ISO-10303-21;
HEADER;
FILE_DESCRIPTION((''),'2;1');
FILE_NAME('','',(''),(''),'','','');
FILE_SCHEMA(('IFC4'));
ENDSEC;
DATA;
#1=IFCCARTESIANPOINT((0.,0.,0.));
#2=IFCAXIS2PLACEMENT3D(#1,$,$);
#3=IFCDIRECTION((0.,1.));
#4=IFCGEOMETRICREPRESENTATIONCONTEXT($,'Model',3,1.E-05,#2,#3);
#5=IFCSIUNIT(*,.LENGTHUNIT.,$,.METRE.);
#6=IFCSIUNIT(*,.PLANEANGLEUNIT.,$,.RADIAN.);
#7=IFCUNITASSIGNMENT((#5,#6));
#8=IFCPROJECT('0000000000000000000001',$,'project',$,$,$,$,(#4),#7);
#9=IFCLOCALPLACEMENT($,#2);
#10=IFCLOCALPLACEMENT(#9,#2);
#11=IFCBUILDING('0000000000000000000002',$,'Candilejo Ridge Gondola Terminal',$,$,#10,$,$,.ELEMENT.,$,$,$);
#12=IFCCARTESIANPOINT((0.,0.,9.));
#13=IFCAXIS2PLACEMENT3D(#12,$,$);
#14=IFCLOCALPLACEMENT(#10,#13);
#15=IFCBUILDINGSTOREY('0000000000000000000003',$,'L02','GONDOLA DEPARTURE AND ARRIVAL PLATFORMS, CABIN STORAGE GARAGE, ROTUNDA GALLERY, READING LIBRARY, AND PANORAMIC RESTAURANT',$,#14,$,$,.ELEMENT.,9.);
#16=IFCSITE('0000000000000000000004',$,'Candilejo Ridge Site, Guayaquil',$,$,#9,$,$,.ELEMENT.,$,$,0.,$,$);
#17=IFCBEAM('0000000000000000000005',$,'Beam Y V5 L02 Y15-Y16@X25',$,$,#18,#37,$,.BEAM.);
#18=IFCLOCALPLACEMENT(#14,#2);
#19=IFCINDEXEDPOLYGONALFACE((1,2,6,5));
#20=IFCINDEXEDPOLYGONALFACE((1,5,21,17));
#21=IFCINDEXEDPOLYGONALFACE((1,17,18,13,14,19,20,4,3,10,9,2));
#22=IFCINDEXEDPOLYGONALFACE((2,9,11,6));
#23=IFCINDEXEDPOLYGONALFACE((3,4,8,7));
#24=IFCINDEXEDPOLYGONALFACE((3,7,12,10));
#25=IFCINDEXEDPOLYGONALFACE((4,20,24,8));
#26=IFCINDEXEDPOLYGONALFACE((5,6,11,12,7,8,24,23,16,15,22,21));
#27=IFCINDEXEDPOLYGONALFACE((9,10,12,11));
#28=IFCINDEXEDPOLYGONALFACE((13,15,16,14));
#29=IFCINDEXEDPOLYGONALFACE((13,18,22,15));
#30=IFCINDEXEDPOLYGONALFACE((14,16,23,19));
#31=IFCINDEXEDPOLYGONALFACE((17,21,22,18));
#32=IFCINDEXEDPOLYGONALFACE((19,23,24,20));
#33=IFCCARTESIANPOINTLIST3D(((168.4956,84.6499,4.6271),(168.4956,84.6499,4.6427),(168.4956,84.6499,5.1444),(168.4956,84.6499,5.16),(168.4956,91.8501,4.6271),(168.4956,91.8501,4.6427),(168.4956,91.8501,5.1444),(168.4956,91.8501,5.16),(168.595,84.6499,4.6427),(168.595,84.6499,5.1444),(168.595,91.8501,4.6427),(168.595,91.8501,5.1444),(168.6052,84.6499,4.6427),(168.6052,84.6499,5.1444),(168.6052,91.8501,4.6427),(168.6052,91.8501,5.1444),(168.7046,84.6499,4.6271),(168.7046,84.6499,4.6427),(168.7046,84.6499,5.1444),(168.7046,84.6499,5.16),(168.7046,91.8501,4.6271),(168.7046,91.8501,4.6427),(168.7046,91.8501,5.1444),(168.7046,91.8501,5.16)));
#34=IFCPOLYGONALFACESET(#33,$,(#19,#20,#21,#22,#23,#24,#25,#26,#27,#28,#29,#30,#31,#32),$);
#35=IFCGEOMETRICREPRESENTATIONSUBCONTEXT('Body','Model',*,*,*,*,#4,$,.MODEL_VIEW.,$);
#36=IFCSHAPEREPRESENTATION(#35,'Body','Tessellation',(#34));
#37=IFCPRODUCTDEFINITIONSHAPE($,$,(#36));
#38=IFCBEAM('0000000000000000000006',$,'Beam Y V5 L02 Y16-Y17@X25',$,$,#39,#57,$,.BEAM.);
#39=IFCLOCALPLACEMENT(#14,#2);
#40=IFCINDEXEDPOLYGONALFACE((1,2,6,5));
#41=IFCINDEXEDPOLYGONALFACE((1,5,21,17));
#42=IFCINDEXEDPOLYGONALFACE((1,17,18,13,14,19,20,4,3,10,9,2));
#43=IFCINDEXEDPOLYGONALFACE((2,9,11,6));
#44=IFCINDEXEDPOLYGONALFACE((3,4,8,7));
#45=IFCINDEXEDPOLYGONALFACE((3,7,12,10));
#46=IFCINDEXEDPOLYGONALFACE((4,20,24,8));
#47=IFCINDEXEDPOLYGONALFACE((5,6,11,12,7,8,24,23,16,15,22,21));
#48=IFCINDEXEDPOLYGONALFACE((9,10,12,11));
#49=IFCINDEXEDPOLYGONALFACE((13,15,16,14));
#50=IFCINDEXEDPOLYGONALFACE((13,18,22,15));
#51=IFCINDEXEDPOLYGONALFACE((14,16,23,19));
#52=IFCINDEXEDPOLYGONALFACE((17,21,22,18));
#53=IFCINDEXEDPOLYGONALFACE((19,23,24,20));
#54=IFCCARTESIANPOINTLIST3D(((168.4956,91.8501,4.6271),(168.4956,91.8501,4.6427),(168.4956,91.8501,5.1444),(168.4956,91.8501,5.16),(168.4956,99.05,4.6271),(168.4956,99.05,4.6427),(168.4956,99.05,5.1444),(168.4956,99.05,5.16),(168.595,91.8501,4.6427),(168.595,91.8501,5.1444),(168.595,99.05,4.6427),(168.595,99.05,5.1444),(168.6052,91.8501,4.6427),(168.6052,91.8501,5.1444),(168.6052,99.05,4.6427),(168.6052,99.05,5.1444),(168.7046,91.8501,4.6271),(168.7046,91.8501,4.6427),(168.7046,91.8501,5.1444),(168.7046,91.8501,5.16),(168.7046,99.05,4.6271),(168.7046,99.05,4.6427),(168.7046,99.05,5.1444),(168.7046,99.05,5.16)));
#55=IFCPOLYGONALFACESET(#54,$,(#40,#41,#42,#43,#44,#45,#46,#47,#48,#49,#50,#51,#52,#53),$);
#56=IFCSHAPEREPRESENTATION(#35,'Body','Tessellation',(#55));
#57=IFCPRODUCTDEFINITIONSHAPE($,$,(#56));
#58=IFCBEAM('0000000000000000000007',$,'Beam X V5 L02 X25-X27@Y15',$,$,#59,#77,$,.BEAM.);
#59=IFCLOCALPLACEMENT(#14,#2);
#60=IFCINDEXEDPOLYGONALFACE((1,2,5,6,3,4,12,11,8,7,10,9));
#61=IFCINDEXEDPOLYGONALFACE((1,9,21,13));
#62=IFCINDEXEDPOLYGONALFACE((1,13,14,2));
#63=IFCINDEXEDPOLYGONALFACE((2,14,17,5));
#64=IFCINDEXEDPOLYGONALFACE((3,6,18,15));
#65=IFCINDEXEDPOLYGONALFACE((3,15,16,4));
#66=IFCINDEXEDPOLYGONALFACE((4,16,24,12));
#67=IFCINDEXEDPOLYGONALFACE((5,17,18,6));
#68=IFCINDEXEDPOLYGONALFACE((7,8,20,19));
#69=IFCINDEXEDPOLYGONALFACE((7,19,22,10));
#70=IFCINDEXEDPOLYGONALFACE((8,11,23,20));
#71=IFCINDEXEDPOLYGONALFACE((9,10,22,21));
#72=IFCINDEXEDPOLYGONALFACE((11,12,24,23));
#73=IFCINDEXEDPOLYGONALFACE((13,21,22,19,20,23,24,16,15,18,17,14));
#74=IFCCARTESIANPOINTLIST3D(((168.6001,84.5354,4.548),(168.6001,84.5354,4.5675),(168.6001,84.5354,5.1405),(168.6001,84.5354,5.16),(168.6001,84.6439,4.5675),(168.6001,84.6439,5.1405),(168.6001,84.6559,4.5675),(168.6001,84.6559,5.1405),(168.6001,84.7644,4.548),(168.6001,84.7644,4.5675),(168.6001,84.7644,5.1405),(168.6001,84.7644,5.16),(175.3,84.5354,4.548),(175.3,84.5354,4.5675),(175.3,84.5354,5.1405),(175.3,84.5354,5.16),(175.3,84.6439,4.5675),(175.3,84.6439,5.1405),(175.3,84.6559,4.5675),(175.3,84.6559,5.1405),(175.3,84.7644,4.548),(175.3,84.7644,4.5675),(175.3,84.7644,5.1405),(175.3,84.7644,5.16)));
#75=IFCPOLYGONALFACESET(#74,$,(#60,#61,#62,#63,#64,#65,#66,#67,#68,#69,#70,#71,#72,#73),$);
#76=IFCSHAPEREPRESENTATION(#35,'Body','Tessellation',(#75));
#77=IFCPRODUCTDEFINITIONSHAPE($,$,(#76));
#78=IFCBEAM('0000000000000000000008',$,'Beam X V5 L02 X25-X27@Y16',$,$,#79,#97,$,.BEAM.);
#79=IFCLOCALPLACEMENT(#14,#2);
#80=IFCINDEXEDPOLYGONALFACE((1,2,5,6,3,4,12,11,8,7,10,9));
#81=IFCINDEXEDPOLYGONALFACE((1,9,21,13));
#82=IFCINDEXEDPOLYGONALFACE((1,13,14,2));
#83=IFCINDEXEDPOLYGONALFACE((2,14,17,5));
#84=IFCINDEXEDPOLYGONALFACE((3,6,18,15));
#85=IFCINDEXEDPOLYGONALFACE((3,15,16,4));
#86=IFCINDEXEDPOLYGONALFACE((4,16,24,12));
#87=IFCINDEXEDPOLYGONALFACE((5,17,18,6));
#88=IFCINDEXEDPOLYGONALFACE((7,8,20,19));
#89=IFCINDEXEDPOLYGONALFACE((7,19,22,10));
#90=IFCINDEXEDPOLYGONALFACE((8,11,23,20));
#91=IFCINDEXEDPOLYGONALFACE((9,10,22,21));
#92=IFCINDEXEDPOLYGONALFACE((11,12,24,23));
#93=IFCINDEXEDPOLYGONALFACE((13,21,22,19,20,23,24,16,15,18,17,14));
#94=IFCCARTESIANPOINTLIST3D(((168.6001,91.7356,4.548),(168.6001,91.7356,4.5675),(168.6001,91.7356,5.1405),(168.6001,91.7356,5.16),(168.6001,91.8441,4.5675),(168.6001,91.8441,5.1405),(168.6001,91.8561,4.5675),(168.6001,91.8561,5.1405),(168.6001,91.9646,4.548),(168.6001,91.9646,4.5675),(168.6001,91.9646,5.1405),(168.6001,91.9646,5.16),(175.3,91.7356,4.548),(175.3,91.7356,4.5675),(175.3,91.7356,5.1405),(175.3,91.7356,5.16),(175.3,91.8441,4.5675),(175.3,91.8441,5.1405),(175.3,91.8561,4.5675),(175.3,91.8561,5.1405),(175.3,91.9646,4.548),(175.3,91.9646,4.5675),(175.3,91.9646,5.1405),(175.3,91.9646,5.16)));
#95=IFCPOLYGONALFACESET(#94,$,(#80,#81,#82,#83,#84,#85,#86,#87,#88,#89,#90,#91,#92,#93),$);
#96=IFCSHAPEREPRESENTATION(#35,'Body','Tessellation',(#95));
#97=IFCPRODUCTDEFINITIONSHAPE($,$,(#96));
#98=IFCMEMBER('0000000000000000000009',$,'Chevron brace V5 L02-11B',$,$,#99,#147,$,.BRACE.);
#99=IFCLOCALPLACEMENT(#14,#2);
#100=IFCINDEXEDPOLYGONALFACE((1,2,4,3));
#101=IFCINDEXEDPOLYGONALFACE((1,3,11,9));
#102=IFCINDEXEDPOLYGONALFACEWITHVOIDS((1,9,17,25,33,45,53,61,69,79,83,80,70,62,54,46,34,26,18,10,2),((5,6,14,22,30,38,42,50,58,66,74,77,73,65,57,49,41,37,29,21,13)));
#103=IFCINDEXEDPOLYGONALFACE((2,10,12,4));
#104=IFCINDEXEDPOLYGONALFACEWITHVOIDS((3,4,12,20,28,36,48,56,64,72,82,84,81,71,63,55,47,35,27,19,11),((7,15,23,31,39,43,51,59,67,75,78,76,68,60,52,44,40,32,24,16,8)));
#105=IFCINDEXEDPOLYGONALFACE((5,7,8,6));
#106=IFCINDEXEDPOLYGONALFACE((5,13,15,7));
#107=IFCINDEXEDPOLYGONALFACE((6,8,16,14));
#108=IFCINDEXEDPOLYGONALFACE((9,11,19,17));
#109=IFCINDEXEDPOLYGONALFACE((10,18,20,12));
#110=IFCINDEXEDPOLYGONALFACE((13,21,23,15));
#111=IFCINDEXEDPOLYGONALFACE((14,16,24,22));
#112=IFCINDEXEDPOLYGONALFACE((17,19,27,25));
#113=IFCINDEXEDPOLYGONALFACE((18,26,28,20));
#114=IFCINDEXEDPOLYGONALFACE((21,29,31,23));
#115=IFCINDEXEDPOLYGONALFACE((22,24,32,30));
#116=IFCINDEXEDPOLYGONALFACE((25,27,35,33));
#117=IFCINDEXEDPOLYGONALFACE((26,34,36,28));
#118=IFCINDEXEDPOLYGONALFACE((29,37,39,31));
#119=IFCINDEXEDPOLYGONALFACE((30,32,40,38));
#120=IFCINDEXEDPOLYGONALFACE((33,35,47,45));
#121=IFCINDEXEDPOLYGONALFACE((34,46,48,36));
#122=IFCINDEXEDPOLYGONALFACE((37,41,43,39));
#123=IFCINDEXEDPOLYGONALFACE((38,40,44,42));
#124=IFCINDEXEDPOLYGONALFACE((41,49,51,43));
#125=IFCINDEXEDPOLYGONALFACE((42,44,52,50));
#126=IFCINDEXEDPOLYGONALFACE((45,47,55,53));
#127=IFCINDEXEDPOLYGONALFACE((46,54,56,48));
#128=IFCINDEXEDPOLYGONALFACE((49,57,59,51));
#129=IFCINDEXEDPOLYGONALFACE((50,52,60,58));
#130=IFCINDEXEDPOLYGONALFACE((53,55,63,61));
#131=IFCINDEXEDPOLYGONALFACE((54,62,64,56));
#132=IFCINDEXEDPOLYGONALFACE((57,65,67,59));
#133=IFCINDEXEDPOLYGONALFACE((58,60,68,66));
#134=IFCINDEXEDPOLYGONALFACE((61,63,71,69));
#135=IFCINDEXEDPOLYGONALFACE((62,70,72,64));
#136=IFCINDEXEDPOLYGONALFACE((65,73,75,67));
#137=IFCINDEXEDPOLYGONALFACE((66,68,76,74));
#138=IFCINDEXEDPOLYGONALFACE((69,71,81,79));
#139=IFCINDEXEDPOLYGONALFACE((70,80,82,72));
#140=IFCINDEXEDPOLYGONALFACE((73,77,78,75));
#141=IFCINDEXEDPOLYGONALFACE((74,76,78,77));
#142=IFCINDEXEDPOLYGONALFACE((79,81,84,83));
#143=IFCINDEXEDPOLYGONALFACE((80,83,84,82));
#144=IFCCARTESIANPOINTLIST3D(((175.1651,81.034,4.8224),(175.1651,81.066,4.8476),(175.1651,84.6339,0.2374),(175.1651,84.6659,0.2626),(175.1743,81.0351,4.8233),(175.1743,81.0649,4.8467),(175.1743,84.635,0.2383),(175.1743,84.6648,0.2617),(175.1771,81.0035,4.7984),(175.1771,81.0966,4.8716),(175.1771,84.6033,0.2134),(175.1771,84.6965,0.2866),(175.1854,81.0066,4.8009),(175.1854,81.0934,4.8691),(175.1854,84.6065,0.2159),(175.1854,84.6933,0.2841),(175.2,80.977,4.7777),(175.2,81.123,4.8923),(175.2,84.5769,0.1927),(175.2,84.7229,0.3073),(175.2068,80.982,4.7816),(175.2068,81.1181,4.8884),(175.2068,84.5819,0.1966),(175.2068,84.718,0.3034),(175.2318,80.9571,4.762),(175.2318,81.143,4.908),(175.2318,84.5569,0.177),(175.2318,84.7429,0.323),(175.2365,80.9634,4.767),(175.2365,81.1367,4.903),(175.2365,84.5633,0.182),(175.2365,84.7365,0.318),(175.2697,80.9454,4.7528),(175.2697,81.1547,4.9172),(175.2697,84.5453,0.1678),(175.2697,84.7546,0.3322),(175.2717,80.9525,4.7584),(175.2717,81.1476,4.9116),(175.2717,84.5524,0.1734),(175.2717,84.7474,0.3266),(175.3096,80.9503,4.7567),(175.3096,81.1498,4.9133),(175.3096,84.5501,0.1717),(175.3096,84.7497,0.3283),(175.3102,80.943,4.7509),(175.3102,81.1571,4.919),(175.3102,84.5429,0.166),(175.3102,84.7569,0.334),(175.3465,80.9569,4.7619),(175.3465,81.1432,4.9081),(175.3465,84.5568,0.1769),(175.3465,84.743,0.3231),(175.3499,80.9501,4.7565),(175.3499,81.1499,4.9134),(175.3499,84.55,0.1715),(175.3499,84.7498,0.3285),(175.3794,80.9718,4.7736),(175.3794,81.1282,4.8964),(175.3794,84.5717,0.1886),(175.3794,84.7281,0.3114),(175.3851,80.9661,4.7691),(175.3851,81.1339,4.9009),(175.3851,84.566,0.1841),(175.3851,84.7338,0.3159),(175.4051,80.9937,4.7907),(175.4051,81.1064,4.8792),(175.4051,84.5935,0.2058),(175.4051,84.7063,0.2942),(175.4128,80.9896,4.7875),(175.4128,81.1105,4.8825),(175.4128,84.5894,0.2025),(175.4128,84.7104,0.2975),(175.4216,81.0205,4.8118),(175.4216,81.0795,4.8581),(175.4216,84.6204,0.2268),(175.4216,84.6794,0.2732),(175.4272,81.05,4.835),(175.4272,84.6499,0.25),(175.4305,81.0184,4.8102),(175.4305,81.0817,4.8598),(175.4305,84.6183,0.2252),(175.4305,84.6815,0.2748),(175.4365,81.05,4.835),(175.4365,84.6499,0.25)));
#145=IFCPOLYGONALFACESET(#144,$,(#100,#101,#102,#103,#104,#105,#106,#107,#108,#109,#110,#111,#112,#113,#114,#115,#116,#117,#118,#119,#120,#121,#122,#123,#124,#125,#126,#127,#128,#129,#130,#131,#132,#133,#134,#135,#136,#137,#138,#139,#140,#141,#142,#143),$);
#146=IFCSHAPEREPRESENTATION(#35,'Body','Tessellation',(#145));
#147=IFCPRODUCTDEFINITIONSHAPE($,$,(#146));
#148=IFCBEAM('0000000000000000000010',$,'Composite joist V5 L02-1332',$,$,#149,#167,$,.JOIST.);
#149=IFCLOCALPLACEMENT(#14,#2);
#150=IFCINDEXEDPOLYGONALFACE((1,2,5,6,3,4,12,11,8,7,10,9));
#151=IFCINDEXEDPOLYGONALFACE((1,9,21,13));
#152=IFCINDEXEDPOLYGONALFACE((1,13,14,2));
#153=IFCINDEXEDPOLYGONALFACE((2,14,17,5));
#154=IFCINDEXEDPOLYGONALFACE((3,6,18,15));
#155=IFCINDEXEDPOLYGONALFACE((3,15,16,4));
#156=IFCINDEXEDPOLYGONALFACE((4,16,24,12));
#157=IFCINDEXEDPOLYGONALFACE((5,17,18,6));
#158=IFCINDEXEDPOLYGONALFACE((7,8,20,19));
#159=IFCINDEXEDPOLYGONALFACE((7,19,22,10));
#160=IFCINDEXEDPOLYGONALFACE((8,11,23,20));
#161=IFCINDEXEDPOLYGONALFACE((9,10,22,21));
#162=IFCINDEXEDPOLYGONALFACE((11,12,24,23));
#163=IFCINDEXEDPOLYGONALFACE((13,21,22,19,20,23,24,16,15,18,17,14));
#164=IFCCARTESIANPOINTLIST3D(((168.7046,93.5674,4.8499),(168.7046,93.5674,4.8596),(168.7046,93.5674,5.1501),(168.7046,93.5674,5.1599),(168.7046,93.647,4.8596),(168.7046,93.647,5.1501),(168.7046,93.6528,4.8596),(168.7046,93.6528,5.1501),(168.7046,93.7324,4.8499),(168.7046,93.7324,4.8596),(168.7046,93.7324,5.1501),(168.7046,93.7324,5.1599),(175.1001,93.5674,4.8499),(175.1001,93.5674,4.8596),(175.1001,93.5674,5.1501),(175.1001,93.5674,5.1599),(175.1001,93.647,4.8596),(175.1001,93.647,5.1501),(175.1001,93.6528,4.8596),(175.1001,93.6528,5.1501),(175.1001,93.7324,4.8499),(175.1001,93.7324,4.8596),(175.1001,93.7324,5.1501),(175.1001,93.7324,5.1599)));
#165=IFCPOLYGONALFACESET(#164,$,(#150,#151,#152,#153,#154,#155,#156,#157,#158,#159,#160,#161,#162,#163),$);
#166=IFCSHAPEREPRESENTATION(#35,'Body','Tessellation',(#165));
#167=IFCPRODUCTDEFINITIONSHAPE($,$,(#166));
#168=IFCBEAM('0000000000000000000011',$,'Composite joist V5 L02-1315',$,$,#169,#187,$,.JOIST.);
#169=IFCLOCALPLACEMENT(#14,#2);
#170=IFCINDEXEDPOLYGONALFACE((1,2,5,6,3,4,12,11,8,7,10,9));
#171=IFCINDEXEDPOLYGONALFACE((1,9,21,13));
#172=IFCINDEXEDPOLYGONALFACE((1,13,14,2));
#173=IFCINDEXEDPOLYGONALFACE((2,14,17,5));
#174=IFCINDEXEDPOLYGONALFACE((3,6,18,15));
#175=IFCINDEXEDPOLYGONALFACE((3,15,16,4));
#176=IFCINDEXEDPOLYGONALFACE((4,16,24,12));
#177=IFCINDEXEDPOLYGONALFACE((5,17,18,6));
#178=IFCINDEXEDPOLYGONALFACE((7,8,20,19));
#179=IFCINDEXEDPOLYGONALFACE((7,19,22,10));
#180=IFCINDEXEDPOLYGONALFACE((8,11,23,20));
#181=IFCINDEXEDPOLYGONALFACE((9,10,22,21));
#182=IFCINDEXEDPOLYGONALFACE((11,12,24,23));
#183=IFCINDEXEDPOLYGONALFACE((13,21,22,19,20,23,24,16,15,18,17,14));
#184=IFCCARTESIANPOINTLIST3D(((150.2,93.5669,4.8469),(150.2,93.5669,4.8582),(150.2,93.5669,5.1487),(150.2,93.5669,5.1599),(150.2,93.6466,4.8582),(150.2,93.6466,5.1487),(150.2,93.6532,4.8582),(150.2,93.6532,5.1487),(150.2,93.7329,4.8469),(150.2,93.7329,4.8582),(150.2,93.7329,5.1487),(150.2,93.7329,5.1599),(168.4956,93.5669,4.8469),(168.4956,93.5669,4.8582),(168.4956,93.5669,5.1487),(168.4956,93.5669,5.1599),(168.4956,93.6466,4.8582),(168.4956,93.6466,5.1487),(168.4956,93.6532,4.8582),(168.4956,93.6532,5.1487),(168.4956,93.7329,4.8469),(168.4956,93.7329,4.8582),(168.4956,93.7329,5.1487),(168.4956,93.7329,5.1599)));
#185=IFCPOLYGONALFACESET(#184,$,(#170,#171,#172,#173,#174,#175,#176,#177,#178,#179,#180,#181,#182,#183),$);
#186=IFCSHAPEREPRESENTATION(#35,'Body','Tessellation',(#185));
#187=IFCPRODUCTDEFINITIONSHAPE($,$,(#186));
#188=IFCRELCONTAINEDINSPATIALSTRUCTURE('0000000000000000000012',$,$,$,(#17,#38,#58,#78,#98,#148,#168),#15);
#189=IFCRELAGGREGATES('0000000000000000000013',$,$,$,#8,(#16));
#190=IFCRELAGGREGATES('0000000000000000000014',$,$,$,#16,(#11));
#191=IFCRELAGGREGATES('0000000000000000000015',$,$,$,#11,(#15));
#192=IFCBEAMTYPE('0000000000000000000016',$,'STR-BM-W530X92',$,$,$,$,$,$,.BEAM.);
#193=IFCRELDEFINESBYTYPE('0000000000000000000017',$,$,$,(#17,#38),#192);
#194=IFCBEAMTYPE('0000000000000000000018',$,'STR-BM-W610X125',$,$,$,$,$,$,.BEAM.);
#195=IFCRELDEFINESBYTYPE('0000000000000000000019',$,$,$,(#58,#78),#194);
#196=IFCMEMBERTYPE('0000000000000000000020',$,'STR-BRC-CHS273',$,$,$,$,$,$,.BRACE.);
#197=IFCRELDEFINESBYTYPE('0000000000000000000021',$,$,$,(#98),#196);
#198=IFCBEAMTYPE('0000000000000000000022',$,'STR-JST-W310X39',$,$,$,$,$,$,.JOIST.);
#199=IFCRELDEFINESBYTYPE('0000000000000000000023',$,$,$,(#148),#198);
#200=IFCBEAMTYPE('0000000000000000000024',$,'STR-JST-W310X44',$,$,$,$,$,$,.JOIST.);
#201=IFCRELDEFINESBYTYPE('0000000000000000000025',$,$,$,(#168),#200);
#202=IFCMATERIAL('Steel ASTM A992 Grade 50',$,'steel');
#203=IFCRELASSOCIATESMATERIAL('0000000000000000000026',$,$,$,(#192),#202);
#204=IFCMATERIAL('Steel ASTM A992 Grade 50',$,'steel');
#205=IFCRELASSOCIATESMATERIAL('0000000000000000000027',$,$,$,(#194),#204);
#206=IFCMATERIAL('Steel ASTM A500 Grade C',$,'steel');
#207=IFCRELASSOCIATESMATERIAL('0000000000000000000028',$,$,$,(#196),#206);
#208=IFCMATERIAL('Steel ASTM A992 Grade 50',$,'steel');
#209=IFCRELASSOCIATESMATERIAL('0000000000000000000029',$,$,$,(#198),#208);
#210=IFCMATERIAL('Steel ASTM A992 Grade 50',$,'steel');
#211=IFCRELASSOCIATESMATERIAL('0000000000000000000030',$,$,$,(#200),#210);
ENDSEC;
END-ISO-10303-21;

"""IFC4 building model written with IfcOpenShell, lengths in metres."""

from ifc_helpers import new_model, si_unit, direction, frame, origin, origin_2d, place, context, subcontext, project, spatial, hollow_circle, i_section, extrude, material, material_profile, profile_set, type_object, element, save


model = new_model("IFC4")

# Units and contexts
model_context = context("Model", 3, precision=1e-05, world=origin(), true_north=direction((0.0, 1.0)))
body_context = subcontext(model_context, "Body", "Model", "MODEL_VIEW")
ifc_project = project(units=[si_unit("LENGTHUNIT", "METRE"), si_unit("PLANEANGLEUNIT", "RADIAN")], contexts=[model_context])

# Site, building, storey
site_placement = place(None, origin())
site = spatial("IfcSite", under=ifc_project, at=site_placement, Name="Candilejo Ridge Site, Guayaquil", CompositionType="ELEMENT", RefElevation=0.0)
building_placement = place(site_placement, origin())
building = spatial("IfcBuilding", under=site, at=building_placement, Name="Candilejo Ridge Gondola Terminal", CompositionType="ELEMENT")
storey_placement = place(building_placement, frame((0.0, 0.0, 9.0)))
storey = spatial("IfcBuildingStorey", under=building, at=storey_placement, Name="L02", Description="GONDOLA DEPARTURE AND ARRIVAL PLATFORMS, CABIN STORAGE GARAGE, ROTUNDA GALLERY, READING LIBRARY, AND PANORAMIC RESTAURANT", CompositionType="ELEMENT", Elevation=9.0)

# Beams
ifc_material_1 = material(Name="Steel ASTM A992 Grade 50", Category="steel")
ifc_material_profile_1 = material_profile(ifc_material_1, i_section(OverallWidth=0.209, OverallDepth=0.533, WebThickness=0.0103, FlangeThickness=0.0156, at=origin_2d()))
ifc_profile_set_1 = profile_set([ifc_material_profile_1], Name="Steel ASTM A992 Grade 50")
beam_type_1 = type_object("IfcBeamType", Name="STR-BM-W530X92", PredefinedType="BEAM", material=ifc_profile_set_1)
beam_1_placement = place(storey_placement, frame((168.6001, 84.6499, 4.8936), z_axis=(0.0, 1.0, 0.0), x_axis=(-1.0, 0.0, 0.0)))
element("IfcBeam", 1, at=beam_1_placement, inside=storey, type_object=beam_type_1, Name="Beam Y V5 L02 Y15-Y16@X25", PredefinedType="BEAM", context=body_context, shape_type="SweptSolid", body=[
    extrude(i_section(OverallWidth=0.209, OverallDepth=0.533, WebThickness=0.0103, FlangeThickness=0.0156, at=origin_2d()), origin(), (0.0, 0.0, 1.0), 7.2002),
])
beam_2_placement = place(storey_placement, frame((168.6001, 91.8501, 4.8936), z_axis=(0.0, 1.0, 0.0), x_axis=(-1.0, 0.0, 0.0)))
element("IfcBeam", 2, at=beam_2_placement, inside=storey, type_object=beam_type_1, Name="Beam Y V5 L02 Y16-Y17@X25", PredefinedType="BEAM", context=body_context, shape_type="SweptSolid", body=[
    extrude(i_section(OverallWidth=0.209, OverallDepth=0.533, WebThickness=0.0103, FlangeThickness=0.0156, at=origin_2d()), origin(), (0.0, 0.0, 1.0), 7.2),
])
ifc_material_2 = material(Name="Steel ASTM A992 Grade 50", Category="steel")
ifc_material_profile_2 = material_profile(ifc_material_2, i_section(OverallWidth=0.229, OverallDepth=0.6121, WebThickness=0.012, FlangeThickness=0.0195, at=origin_2d()))
ifc_profile_set_2 = profile_set([ifc_material_profile_2], Name="Steel ASTM A992 Grade 50")
beam_type_2 = type_object("IfcBeamType", Name="STR-BM-W610X125", PredefinedType="BEAM", material=ifc_profile_set_2)
for number, where, z_axis, x_axis, name in (
    (3, (168.6001, 84.6499, 4.854), (1.0, 0.0, 0.0), (0.0, 1.0, 0.0), "Beam X V5 L02 X25-X27@Y15"),
    (4, (168.6001, 91.8501, 4.854), (1.0, 0.0, 0.0), (0.0, 1.0, 0.0), "Beam X V5 L02 X25-X27@Y16"),
):
    element("IfcBeam", number, at=place(storey_placement, frame(where, z_axis=z_axis, x_axis=x_axis)), inside=storey, type_object=beam_type_2, Name=name, PredefinedType="BEAM", context=body_context, shape_type="SweptSolid", body=[
        extrude(i_section(OverallWidth=0.229, OverallDepth=0.6121, WebThickness=0.012, FlangeThickness=0.0195, at=origin_2d()), origin(), (0.0, 0.0, 1.0), 6.7),
    ])

# Member
ifc_material_3 = material(Name="Steel ASTM A500 Grade C", Category="steel")
ifc_material_profile_3 = material_profile(ifc_material_3, hollow_circle(Radius=0.1365, WallThickness=0.0093, at=origin_2d()))
ifc_profile_set_3 = profile_set([ifc_material_profile_3], Name="Steel ASTM A500 Grade C")
member_type_1 = type_object("IfcMemberType", Name="STR-BRC-CHS273", PredefinedType="BRACE", material=ifc_profile_set_3)
member_1_placement = place(storey_placement, frame((175.3, 84.6499, 0.25), z_axis=(0.0, -0.617544, 0.786536), x_axis=(1.0, 0.0, 0.0)))
element("IfcMember", 5, at=member_1_placement, inside=storey, type_object=member_type_1, Name="Chevron brace V5 L02-11B", PredefinedType="BRACE", context=body_context, shape_type="SweptSolid", body=[
    extrude(hollow_circle(Radius=0.1365, WallThickness=0.0093, at=origin_2d()), origin(), (0.0, 0.0, 1.0), 5.8293),
])

# Beams
ifc_material_4 = material(Name="Steel ASTM A992 Grade 50", Category="steel")
ifc_material_profile_4 = material_profile(ifc_material_4, i_section(OverallWidth=0.165, OverallDepth=0.3101, WebThickness=0.0059, FlangeThickness=0.0098, at=origin_2d()))
ifc_profile_set_4 = profile_set([ifc_material_profile_4], Name="Steel ASTM A992 Grade 50")
beam_type_3 = type_object("IfcBeamType", Name="STR-JST-W310X39", PredefinedType="JOIST", material=ifc_profile_set_4)
beam_3_placement = place(storey_placement, frame((168.7046, 93.6499, 5.0049), z_axis=(1.0, 0.0, 0.0), x_axis=(0.0, 1.0, 0.0)))
element("IfcBeam", 6, at=beam_3_placement, inside=storey, type_object=beam_type_3, Name="Composite joist V5 L02-1332", PredefinedType="JOIST", context=body_context, shape_type="SweptSolid", body=[
    extrude(i_section(OverallWidth=0.165, OverallDepth=0.3101, WebThickness=0.0059, FlangeThickness=0.0098, at=origin_2d()), origin(), (0.0, 0.0, 1.0), 6.3955),
])
ifc_material_5 = material(Name="Steel ASTM A992 Grade 50", Category="steel")
ifc_material_profile_5 = material_profile(ifc_material_5, i_section(OverallWidth=0.166, OverallDepth=0.313, WebThickness=0.0066, FlangeThickness=0.0112, at=origin_2d()))
ifc_profile_set_5 = profile_set([ifc_material_profile_5], Name="Steel ASTM A992 Grade 50")
beam_type_4 = type_object("IfcBeamType", Name="STR-JST-W310X44", PredefinedType="JOIST", material=ifc_profile_set_5)
beam_4_placement = place(storey_placement, frame((150.2, 93.6499, 5.0034), z_axis=(1.0, 0.0, 0.0), x_axis=(0.0, 1.0, 0.0)))
element("IfcBeam", 7, at=beam_4_placement, inside=storey, type_object=beam_type_4, Name="Composite joist V5 L02-1315", PredefinedType="JOIST", context=body_context, shape_type="SweptSolid", body=[
    extrude(i_section(OverallWidth=0.166, OverallDepth=0.313, WebThickness=0.0066, FlangeThickness=0.0112, at=origin_2d()), origin(), (0.0, 0.0, 1.0), 18.2957),
])

save(model, "model.ifc")
